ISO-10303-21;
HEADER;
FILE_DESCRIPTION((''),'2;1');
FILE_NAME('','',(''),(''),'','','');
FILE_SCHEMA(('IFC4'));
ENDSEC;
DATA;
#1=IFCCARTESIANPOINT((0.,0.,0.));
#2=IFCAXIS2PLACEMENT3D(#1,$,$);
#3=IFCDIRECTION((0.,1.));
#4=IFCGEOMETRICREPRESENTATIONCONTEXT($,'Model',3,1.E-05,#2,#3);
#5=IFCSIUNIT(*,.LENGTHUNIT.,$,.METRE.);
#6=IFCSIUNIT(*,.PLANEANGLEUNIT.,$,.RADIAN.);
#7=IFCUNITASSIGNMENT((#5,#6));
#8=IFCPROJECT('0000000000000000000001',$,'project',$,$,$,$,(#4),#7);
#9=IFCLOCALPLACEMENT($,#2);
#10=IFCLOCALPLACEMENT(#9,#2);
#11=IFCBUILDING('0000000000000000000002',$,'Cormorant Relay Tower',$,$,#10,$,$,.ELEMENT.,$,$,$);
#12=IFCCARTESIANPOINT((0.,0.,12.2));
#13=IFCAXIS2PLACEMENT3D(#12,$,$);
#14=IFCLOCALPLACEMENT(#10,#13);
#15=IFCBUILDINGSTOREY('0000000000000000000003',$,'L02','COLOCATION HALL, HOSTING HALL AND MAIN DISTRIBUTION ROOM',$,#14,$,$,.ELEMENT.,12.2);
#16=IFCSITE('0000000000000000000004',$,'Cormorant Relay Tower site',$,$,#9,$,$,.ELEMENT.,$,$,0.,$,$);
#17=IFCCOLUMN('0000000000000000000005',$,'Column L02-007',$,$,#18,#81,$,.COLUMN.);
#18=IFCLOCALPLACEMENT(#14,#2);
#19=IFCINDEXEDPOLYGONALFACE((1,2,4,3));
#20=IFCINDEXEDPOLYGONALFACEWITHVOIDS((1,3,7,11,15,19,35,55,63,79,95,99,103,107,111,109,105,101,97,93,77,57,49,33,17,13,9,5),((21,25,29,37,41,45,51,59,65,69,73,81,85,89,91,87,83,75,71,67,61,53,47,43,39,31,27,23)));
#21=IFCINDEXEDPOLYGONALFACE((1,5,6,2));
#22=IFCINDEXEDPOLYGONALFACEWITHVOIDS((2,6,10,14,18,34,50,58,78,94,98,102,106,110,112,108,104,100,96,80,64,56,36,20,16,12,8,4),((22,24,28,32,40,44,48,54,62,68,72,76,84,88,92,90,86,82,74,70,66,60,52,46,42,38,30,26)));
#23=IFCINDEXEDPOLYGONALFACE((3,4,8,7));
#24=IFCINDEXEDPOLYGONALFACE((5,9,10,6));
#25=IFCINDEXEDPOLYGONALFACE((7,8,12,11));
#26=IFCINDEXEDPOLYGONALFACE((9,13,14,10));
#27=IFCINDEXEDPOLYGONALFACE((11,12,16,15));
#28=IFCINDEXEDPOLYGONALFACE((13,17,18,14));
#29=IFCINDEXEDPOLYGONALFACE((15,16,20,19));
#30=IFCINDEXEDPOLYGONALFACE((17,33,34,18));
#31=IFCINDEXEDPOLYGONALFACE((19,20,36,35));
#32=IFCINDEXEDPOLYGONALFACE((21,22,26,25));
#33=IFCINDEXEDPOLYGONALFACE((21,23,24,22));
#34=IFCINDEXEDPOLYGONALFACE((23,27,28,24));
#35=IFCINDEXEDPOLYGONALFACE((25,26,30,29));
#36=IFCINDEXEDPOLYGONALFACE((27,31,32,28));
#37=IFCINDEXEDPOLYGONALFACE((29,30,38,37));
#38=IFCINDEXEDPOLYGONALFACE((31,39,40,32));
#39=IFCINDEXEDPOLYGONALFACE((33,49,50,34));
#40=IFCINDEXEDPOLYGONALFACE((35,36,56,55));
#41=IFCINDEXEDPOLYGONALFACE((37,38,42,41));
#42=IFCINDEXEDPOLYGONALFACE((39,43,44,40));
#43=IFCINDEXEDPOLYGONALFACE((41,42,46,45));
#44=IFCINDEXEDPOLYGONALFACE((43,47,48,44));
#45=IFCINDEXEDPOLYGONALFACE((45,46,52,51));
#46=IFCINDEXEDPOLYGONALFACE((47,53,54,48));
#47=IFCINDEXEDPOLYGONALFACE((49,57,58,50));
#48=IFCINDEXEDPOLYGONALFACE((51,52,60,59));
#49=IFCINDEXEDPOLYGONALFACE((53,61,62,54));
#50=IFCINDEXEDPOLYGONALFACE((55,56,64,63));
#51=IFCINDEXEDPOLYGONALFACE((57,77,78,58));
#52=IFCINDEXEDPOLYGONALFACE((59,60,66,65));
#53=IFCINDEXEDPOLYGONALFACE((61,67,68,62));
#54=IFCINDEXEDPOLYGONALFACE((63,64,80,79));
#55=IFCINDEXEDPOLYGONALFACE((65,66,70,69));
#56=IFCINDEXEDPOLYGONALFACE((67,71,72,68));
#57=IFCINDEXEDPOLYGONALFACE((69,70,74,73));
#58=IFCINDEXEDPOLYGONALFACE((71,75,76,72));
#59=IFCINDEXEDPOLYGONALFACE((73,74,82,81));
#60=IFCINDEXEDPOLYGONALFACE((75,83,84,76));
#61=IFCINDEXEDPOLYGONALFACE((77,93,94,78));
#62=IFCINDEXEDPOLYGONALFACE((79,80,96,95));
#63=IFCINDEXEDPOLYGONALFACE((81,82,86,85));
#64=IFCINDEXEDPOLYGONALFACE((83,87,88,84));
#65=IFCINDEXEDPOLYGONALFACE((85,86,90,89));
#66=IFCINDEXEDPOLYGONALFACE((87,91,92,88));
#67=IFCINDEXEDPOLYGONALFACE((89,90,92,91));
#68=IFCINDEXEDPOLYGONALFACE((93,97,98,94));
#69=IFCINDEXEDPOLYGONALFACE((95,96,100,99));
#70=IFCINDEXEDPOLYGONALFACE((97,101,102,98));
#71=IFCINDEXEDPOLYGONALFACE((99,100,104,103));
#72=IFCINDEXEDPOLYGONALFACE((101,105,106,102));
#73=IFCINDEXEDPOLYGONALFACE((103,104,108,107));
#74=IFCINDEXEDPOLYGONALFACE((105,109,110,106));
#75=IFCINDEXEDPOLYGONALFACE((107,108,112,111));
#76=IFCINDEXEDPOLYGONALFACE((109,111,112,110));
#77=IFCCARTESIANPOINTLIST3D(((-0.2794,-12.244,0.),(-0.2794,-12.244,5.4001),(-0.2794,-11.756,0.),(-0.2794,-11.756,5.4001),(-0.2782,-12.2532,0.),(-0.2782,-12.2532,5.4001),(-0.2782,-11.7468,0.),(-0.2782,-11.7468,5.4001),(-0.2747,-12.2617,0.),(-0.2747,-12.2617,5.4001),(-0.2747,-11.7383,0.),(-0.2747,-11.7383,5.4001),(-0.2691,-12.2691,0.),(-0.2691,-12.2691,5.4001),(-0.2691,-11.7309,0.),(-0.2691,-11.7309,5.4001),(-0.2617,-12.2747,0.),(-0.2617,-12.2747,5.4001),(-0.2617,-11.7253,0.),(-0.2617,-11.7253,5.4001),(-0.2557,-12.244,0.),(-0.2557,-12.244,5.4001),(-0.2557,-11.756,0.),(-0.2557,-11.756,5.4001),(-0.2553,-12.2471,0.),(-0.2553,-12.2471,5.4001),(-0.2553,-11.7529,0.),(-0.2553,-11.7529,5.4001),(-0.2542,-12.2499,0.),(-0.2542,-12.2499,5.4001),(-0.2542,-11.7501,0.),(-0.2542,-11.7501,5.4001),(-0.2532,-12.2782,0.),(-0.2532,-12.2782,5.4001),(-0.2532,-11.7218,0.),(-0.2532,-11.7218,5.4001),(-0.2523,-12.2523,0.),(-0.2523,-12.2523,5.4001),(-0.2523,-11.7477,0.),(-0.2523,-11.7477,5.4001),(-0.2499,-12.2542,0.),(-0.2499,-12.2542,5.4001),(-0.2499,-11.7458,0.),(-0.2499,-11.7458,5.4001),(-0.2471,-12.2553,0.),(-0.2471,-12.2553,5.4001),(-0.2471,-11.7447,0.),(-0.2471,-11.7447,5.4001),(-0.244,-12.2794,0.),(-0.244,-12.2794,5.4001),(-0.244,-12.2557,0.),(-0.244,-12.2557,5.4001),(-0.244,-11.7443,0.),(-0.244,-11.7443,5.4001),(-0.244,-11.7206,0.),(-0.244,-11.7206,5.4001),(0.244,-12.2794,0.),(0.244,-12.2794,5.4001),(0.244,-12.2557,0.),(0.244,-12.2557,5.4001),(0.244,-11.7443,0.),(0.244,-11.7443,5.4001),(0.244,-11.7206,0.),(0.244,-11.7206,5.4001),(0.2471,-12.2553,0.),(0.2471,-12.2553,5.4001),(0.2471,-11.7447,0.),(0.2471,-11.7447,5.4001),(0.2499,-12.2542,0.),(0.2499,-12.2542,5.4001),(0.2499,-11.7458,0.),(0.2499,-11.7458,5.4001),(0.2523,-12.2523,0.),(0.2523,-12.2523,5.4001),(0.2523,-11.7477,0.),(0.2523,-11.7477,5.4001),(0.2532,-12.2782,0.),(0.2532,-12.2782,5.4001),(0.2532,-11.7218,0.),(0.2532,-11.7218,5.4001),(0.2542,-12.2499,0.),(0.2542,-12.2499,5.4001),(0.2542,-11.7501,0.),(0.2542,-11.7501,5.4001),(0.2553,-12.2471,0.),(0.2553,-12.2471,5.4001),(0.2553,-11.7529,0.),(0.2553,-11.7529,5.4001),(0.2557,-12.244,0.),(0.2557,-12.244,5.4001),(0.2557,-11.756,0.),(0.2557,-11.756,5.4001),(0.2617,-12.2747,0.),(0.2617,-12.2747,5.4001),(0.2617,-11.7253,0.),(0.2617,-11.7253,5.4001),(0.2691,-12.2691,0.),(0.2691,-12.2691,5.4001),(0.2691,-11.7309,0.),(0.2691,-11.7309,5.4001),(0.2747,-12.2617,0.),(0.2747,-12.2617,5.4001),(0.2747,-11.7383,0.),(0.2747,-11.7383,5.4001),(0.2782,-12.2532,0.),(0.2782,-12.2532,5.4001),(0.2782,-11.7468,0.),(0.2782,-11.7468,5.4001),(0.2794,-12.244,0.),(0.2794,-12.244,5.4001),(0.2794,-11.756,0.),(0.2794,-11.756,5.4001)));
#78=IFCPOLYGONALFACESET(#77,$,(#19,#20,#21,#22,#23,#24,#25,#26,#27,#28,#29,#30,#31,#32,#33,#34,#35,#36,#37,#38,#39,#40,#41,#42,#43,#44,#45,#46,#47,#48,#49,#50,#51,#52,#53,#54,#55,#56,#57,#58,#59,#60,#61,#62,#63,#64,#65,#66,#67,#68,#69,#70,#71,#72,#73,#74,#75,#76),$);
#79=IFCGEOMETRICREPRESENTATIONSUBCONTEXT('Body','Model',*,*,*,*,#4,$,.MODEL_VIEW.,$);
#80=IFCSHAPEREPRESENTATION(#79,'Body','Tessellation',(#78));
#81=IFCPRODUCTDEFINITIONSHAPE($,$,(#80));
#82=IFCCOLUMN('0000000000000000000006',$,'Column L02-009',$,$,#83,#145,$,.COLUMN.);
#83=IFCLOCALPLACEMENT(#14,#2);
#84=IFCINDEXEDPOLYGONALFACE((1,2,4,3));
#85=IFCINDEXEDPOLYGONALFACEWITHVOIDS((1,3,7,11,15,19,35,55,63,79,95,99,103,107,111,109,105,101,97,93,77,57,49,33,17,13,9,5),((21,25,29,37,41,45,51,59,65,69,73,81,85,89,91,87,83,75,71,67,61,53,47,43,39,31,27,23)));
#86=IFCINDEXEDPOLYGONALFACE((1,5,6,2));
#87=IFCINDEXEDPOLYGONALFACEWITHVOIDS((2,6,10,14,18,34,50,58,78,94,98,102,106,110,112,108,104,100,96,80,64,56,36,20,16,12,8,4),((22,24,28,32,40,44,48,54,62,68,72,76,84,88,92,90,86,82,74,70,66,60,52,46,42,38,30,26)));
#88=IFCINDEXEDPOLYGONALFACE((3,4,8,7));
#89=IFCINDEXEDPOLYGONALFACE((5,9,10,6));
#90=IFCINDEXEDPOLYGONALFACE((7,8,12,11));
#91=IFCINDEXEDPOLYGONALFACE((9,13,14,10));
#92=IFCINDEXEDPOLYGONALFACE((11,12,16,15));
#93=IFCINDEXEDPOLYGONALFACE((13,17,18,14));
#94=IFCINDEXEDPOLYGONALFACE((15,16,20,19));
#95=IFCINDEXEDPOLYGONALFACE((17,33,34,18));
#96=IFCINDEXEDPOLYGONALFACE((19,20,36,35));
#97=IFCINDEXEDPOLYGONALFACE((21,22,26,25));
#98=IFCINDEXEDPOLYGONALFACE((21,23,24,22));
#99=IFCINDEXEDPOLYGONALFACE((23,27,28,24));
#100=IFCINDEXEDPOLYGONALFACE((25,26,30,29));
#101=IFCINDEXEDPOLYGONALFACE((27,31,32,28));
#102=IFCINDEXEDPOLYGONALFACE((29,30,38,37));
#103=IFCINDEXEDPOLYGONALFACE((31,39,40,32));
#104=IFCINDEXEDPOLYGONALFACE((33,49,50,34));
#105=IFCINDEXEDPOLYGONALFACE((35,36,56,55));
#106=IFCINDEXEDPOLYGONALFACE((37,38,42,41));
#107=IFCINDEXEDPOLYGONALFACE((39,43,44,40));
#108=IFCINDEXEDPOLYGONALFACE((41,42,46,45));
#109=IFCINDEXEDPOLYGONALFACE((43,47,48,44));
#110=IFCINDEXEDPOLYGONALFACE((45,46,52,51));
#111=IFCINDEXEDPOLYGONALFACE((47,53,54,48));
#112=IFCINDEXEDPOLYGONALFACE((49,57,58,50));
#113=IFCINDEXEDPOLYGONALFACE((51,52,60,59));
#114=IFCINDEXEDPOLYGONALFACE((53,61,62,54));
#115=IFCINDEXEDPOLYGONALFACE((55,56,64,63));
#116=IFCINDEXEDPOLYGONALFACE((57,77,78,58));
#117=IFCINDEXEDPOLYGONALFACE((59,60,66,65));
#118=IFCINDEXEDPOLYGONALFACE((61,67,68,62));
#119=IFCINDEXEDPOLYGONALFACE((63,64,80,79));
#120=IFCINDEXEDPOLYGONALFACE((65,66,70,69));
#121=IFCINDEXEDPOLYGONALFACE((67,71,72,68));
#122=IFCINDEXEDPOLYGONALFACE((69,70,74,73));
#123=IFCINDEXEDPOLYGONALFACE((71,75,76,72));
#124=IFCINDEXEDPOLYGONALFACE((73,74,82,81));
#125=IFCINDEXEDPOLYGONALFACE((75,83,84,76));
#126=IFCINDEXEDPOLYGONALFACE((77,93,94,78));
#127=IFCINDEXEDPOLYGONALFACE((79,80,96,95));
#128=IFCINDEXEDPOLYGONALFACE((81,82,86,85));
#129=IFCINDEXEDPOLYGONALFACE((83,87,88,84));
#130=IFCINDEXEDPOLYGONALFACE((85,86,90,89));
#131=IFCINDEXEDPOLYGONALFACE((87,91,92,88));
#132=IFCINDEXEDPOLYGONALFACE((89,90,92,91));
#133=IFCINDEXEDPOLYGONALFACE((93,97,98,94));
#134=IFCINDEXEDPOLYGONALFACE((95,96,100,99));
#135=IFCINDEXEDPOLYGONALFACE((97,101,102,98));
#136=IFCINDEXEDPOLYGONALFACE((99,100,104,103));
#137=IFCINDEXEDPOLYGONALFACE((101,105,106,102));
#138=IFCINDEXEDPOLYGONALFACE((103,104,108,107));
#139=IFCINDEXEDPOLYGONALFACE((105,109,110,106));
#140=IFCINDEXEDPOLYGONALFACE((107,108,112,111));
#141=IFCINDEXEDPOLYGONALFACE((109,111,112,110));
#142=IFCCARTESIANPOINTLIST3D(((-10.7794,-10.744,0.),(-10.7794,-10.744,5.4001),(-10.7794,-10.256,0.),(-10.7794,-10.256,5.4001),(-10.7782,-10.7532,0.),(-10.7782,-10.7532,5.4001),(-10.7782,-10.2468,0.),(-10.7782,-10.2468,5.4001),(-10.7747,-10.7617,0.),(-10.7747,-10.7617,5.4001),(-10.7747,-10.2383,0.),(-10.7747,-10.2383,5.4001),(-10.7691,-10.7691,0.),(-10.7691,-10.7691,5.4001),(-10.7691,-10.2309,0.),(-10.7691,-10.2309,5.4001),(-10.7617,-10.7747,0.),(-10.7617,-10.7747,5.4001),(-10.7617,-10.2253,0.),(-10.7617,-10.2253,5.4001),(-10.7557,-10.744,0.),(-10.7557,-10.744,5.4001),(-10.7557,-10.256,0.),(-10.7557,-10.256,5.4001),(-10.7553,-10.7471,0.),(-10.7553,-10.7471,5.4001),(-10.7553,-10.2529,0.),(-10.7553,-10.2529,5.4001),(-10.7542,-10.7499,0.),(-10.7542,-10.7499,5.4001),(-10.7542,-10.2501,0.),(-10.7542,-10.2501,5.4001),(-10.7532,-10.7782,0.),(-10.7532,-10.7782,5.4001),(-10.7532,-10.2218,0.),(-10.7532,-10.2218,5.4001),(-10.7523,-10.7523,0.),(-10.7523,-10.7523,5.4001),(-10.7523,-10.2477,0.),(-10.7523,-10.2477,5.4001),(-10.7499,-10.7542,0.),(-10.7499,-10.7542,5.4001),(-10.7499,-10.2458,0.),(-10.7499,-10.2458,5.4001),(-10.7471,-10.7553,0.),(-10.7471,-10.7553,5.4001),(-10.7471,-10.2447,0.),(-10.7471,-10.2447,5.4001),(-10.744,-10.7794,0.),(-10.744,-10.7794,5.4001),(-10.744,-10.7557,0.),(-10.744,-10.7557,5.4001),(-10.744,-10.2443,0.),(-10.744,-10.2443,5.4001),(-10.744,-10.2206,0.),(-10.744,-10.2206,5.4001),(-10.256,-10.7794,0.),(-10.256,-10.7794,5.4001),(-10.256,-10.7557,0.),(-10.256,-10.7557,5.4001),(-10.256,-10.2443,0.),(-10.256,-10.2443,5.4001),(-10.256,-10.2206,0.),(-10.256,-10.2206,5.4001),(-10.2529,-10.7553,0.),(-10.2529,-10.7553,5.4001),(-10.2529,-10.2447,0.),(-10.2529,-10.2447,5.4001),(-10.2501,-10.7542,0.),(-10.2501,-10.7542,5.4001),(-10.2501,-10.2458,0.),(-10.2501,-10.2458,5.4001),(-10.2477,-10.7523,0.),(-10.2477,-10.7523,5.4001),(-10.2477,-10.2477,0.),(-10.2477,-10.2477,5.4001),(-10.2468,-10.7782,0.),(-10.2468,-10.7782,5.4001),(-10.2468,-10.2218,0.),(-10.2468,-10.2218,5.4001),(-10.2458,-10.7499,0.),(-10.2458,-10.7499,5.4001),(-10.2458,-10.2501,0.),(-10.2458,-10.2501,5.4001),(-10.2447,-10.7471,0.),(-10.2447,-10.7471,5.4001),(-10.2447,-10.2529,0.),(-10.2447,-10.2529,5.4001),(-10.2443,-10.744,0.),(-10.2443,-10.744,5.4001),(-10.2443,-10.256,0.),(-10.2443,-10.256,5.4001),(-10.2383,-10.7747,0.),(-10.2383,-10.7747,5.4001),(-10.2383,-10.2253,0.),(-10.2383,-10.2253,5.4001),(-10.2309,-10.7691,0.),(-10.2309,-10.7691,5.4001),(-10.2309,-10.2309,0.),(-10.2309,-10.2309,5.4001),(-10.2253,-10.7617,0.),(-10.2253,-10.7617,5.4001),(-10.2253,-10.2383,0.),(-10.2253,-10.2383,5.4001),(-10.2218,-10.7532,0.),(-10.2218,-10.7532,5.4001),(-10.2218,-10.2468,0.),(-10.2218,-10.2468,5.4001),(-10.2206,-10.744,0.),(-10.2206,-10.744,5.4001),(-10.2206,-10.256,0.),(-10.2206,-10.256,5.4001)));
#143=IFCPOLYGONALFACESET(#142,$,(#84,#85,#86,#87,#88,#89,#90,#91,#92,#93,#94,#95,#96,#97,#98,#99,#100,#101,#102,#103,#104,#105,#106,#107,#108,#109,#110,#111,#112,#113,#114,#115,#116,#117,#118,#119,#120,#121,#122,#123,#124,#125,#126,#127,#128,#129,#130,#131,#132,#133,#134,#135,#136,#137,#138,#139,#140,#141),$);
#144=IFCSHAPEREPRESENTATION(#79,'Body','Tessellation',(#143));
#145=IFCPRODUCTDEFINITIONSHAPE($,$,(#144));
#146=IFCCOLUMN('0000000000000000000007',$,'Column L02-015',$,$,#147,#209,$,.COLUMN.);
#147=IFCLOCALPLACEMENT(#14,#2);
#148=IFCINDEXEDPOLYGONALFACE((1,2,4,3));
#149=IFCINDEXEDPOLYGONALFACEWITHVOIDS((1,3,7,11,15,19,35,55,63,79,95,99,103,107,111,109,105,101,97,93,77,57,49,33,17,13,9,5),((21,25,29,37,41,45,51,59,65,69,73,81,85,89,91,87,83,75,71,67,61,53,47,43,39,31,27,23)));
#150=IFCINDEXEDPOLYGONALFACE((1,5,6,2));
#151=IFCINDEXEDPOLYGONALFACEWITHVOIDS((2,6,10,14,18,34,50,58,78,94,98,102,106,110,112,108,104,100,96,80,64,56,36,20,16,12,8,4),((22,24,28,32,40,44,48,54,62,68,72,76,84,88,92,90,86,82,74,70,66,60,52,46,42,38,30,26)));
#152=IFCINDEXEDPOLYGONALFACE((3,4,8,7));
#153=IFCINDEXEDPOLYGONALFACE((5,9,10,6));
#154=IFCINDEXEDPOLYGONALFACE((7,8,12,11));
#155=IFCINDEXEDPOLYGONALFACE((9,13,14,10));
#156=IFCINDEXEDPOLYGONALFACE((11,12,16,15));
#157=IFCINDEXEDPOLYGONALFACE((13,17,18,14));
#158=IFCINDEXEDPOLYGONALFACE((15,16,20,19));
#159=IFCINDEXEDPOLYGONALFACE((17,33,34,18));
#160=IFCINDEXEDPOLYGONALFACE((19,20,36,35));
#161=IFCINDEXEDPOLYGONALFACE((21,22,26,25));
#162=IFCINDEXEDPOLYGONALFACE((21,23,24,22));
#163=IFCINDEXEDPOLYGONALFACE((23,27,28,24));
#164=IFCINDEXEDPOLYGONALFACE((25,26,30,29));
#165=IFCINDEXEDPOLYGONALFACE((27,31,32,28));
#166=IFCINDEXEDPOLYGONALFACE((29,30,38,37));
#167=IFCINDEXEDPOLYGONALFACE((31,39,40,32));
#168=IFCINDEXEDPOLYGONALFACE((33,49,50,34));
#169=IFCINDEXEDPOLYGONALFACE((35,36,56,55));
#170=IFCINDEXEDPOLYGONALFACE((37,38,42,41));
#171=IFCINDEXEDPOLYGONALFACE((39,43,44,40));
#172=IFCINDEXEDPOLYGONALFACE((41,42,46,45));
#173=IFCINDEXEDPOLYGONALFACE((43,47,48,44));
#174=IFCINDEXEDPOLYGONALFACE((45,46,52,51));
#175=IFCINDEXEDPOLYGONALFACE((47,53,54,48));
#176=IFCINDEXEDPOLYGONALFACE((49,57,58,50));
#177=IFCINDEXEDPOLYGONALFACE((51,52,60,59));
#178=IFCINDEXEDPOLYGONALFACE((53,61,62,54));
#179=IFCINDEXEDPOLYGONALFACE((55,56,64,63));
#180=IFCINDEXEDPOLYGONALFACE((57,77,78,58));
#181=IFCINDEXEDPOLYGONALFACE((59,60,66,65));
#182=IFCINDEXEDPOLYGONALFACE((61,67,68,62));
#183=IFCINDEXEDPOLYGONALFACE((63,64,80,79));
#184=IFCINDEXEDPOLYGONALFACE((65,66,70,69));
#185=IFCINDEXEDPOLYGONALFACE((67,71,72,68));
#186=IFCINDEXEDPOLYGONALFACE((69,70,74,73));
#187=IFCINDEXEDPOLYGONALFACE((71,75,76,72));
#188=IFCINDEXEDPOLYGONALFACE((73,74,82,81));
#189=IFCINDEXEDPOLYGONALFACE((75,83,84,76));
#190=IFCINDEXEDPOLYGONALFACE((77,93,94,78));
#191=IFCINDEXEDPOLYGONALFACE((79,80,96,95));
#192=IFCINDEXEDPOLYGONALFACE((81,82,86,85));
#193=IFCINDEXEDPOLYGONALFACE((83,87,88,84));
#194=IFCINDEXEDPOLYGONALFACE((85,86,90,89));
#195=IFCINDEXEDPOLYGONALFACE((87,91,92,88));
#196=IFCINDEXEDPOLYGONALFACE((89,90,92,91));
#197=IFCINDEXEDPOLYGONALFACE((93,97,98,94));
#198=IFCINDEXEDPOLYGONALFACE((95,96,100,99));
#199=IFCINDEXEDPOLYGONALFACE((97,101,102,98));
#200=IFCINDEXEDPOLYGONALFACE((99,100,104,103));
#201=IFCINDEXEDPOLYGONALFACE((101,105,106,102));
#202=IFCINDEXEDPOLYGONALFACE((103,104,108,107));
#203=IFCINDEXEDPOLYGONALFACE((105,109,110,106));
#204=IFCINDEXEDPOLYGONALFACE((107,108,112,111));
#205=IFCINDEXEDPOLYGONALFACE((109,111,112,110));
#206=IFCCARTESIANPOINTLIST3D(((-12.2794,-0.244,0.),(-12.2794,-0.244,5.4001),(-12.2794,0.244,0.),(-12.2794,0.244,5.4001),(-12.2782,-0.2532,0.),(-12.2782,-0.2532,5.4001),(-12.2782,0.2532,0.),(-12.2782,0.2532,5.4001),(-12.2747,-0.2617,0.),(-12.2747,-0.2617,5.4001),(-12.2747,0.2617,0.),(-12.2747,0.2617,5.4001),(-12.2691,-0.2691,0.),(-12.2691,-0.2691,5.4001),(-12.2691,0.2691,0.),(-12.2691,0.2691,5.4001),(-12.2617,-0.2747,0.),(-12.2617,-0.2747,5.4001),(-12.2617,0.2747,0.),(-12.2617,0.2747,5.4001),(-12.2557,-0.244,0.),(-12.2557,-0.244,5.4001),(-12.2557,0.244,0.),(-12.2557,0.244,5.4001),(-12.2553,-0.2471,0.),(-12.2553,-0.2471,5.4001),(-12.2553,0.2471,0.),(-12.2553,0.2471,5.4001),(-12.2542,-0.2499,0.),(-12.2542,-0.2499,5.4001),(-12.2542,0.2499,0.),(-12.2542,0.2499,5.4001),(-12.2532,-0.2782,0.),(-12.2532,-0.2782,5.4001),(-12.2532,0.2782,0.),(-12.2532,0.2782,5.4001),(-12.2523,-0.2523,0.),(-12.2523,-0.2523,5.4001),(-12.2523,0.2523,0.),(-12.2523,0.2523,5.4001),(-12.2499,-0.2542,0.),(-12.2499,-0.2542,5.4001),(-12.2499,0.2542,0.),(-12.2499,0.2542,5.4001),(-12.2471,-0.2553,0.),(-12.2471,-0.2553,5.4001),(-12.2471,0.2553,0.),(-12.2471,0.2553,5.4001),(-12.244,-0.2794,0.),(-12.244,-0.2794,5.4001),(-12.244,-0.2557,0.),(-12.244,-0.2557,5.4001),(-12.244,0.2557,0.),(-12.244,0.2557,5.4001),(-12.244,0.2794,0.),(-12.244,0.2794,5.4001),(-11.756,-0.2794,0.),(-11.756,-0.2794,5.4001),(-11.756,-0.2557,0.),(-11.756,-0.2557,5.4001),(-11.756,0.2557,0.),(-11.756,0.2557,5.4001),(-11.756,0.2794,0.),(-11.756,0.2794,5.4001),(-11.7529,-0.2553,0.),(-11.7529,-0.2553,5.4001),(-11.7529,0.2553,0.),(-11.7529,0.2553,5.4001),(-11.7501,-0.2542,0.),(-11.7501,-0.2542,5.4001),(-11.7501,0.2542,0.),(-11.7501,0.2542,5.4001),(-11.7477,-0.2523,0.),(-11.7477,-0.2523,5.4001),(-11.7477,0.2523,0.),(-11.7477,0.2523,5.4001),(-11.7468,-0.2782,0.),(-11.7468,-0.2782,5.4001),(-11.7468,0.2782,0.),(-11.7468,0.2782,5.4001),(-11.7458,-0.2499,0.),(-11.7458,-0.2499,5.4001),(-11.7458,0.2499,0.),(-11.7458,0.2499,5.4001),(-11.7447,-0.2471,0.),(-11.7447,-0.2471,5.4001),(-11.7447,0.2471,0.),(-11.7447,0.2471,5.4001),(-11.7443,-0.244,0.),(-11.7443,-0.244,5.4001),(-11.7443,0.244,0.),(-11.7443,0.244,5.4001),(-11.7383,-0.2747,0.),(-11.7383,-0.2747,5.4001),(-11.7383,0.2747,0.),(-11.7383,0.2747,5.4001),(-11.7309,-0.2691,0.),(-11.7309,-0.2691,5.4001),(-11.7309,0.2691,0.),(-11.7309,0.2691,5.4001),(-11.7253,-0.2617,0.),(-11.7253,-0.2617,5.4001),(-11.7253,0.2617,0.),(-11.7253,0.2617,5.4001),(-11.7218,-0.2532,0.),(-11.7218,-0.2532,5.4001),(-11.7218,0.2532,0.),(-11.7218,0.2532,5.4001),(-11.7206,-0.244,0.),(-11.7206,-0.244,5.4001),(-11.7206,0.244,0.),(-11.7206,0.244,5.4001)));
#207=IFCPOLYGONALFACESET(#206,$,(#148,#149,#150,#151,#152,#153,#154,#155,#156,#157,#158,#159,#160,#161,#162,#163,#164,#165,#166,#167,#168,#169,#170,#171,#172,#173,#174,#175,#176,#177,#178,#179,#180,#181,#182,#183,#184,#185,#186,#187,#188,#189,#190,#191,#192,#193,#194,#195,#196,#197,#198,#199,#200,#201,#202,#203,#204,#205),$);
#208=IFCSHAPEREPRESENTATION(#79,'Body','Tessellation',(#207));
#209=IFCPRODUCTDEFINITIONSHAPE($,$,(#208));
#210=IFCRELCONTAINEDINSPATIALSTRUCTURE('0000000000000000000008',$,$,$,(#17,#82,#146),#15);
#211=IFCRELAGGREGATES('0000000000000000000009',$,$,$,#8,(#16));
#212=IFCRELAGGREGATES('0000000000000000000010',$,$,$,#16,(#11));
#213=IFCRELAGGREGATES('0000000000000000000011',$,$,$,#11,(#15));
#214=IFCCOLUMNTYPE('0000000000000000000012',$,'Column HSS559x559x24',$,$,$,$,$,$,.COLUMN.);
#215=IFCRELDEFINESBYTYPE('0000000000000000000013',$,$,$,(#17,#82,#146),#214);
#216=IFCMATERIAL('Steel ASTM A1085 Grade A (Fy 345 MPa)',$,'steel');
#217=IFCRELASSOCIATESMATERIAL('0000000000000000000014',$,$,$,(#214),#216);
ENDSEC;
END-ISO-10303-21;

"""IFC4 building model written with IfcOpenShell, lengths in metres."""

from ifc_helpers import new_model, si_unit, direction, frame, origin, origin_2d, place, context, subcontext, project, spatial, hollow_rectangle, extrude, material, material_profile, profile_set, type_object, element, save


model = new_model("IFC4")

# Units and contexts
model_context = context("Model", 3, precision=1e-05, world=origin(), true_north=direction((0.0, 1.0)))
body_context = subcontext(model_context, "Body", "Model", "MODEL_VIEW")
ifc_project = project(units=[si_unit("LENGTHUNIT", "METRE"), si_unit("PLANEANGLEUNIT", "RADIAN")], contexts=[model_context])

# Site, building, storey
site_placement = place(None, origin())
site = spatial("IfcSite", under=ifc_project, at=site_placement, Name="Cormorant Relay Tower site", CompositionType="ELEMENT", RefElevation=0.0)
building_placement = place(site_placement, origin())
building = spatial("IfcBuilding", under=site, at=building_placement, Name="Cormorant Relay Tower", CompositionType="ELEMENT")
storey_placement = place(building_placement, frame((0.0, 0.0, 12.2)))
storey = spatial("IfcBuildingStorey", under=building, at=storey_placement, Name="L02", Description="COLOCATION HALL, HOSTING HALL AND MAIN DISTRIBUTION ROOM", CompositionType="ELEMENT", Elevation=12.2)

# Columns
ifc_material_1 = material(Name="Steel ASTM A1085 Grade A (Fy 345 MPa)", Category="steel")
ifc_material_profile = material_profile(ifc_material_1, hollow_rectangle(XDim=0.5588, YDim=0.5588, WallThickness=0.0237, InnerFilletRadius=0.0117, OuterFilletRadius=0.0354, at=origin_2d()), Name="HSS559x559x24")
ifc_profile_set = profile_set([ifc_material_profile], Name="Steel ASTM A1085 Grade A (Fy 345 MPa)")
column_type = type_object("IfcColumnType", Name="Column HSS559x559x24", PredefinedType="COLUMN", material=ifc_profile_set)
for number, where, z_axis, x_axis, name in (
    (1, (0.0, -12.0, 0.0), (0.0, 0.0, 1.0), (1.0, 0.0, 0.0), "Column L02-007"),
    (2, (-10.5, -10.5, 0.0), (0.0, 0.0, 1.0), (1.0, 0.0, 0.0), "Column L02-009"),
    (3, (-12.0, 0.0, 0.0), (0.0, 0.0, 1.0), (1.0, 0.0, 0.0), "Column L02-015"),
):
    element("IfcColumn", number, at=place(storey_placement, frame(where, z_axis=z_axis, x_axis=x_axis)), inside=storey, type_object=column_type, Name=name, PredefinedType="COLUMN", context=body_context, shape_type="SweptSolid", body=[
        extrude(hollow_rectangle(XDim=0.5588, YDim=0.5588, WallThickness=0.0237, InnerFilletRadius=0.0117, OuterFilletRadius=0.0354, at=origin_2d()), origin(), (0.0, 0.0, 1.0), 5.4001),
    ])

save(model, "model.ifc")
